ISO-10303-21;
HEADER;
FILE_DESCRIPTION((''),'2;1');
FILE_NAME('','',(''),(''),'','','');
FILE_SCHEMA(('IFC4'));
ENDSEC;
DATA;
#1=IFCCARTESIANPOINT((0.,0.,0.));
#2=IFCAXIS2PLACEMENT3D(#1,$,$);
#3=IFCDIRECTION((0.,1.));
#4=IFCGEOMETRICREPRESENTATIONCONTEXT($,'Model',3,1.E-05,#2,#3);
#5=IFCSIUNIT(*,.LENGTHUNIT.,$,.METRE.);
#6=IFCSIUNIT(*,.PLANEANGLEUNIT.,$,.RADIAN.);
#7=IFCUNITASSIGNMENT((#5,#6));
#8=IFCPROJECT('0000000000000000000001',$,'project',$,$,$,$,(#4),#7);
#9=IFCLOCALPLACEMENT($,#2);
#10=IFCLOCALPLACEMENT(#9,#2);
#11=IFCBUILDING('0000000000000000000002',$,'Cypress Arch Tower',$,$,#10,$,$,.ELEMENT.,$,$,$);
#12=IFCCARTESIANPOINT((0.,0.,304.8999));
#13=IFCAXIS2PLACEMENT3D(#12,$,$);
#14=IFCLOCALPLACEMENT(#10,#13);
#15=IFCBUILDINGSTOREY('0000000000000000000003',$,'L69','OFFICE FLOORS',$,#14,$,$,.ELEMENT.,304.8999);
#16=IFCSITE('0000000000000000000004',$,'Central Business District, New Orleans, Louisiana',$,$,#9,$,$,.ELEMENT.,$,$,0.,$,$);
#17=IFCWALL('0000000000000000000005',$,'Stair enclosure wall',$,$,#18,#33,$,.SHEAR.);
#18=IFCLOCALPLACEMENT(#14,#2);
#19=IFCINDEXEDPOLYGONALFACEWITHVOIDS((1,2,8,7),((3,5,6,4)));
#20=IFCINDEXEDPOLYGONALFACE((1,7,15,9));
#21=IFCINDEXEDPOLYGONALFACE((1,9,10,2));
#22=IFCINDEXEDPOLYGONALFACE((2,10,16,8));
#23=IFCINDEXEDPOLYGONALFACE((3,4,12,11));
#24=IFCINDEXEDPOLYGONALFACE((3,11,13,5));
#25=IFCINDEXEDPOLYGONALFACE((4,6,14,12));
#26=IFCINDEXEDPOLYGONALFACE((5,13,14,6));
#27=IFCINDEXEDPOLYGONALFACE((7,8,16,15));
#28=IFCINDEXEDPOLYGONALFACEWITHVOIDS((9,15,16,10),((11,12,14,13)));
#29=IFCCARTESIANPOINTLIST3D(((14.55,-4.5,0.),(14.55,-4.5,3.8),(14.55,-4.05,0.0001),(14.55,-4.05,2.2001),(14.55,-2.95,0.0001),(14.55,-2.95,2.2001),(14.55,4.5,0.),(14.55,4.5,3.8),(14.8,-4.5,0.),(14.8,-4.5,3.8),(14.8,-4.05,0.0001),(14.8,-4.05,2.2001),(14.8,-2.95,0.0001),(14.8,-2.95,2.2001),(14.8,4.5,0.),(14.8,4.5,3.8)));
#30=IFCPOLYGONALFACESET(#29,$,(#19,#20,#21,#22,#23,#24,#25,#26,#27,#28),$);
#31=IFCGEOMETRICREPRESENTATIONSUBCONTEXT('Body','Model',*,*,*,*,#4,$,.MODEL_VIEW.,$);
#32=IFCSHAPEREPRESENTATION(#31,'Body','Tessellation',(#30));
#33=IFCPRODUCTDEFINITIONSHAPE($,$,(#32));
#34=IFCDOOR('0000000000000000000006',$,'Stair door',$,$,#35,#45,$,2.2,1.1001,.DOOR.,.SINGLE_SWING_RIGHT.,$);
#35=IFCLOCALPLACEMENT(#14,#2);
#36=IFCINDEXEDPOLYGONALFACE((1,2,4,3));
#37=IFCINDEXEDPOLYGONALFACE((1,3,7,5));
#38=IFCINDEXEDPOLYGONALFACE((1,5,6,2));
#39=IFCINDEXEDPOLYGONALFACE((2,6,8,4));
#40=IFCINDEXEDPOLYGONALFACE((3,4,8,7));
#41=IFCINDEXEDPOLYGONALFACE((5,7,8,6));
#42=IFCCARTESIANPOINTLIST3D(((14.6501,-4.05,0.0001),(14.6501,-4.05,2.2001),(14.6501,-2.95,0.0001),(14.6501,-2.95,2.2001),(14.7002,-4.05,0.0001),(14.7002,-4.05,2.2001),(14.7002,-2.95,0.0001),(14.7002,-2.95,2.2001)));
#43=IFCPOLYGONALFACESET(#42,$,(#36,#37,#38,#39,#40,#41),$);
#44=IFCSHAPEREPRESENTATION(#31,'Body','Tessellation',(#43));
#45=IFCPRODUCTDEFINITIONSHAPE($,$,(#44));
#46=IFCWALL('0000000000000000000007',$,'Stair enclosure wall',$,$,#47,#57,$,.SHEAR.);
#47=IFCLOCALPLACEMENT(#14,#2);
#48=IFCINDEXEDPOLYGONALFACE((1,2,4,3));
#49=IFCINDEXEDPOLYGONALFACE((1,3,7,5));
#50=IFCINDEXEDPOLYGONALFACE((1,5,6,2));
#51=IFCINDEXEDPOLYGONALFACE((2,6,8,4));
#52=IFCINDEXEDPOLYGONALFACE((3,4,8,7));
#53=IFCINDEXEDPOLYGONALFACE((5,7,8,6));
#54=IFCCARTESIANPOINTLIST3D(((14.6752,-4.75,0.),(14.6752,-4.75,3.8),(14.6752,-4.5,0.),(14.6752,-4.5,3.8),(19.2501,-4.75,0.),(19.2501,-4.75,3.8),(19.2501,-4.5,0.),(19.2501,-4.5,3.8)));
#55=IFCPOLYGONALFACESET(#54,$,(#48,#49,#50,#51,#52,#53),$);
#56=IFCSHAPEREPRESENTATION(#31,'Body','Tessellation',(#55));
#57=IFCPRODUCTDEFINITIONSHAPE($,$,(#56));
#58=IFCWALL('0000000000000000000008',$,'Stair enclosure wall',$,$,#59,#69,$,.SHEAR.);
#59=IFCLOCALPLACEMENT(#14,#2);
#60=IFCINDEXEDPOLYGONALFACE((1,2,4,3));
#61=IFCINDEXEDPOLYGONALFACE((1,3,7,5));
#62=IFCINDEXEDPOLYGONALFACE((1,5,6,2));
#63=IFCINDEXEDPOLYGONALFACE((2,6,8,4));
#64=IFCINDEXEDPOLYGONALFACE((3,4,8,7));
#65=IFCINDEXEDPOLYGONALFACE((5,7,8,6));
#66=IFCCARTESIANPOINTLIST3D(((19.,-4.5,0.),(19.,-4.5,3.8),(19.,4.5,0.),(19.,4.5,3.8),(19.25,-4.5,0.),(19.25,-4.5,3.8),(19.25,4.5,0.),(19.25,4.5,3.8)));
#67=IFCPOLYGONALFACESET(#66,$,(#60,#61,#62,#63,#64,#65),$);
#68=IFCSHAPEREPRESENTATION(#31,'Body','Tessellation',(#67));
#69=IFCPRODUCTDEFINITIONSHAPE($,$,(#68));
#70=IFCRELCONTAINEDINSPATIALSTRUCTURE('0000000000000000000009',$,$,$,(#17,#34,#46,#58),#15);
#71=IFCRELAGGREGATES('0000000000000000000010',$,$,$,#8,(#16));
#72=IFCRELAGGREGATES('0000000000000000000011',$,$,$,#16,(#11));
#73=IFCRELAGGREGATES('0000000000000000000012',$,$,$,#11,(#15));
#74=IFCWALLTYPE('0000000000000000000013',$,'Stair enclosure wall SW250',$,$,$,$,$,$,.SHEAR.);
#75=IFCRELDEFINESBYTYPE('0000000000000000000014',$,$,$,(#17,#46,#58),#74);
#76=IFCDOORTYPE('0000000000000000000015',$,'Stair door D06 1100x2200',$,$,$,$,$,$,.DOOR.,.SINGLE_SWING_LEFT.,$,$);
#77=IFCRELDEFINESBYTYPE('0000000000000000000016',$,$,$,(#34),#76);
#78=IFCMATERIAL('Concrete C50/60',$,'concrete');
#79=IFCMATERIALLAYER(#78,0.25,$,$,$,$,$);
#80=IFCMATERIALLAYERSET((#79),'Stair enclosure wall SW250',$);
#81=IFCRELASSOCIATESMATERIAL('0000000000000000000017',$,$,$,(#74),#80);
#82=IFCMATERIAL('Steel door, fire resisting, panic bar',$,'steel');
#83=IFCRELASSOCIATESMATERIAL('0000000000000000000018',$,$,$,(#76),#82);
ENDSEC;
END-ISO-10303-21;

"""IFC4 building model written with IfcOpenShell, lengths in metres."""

from ifc_helpers import new_model, si_unit, direction, frame, frame_2d, origin, place, context, subcontext, project, spatial, rectangle, extrude, material, layer, layer_set, type_object, element, fill, save


model = new_model("IFC4")

# Units and contexts
model_context = context("Model", 3, precision=1e-05, world=origin(), true_north=direction((0.0, 1.0)))
body_context = subcontext(model_context, "Body", "Model", "MODEL_VIEW")
ifc_project = project(units=[si_unit("LENGTHUNIT", "METRE"), si_unit("PLANEANGLEUNIT", "RADIAN")], contexts=[model_context])

# Site, building, storey
site_placement = place(None, origin())
site = spatial("IfcSite", under=ifc_project, at=site_placement, Name="Central Business District, New Orleans, Louisiana", CompositionType="ELEMENT", RefElevation=0.0)
building_placement = place(site_placement, origin())
building = spatial("IfcBuilding", under=site, at=building_placement, Name="Cypress Arch Tower", CompositionType="ELEMENT")
storey_placement = place(building_placement, frame((0.0, 0.0, 304.8999)))
storey = spatial("IfcBuildingStorey", under=building, at=storey_placement, Name="L69", Description="OFFICE FLOORS", CompositionType="ELEMENT", Elevation=304.8999)

# Wall, opening, door
ifc_material_1 = material(Name="Concrete C50/60", Category="concrete")
ifc_layer_1 = layer(ifc_material_1, 0.25)
ifc_layer_set_1 = layer_set([ifc_layer_1], Name="Stair enclosure wall SW250")
wall_type_1 = type_object("IfcWallType", Name="Stair enclosure wall SW250", PredefinedType="SHEAR", material=ifc_layer_set_1)
wall_1_placement = place(storey_placement, frame((14.675, -4.5, 0.0), z_axis=(0.0, 0.0, 1.0), x_axis=(0.0, 1.0, 0.0)))
wall_1 = element("IfcWall", 1, at=wall_1_placement, inside=storey, type_object=wall_type_1, Name="Stair enclosure wall", PredefinedType="SHEAR", context=body_context, shape_type="SweptSolid", body=[
    extrude(rectangle(XDim=9.0, YDim=0.25, at=frame_2d((4.5, 0.0))), origin(), (0.0, 0.0, 1.0), 3.8),
])
opening_1_placement = place(wall_1_placement, frame((0.45, 0.0, 0.0)))
opening_1 = element("IfcOpeningElement", 2, at=opening_1_placement, cuts=wall_1, PredefinedType="OPENING", context=body_context, shape_type="SweptSolid", body=[
    extrude(rectangle(XDim=1.1001, YDim=2.2, at=frame_2d((0.55, 1.1001))), frame((0.0, 0.135, 0.0), z_axis=(0.0, -1.0, 0.0), x_axis=(1.0, 0.0, 0.0)), (0.0, 0.0, 1.0), 0.27),
])
ifc_material_2 = material(Name="Steel door, fire resisting, panic bar", Category="steel")
door_type = type_object("IfcDoorType", Name="Stair door D06 1100x2200", OperationType="SINGLE_SWING_LEFT", PredefinedType="DOOR", material=ifc_material_2)
door_placement = place(opening_1_placement, origin())
door = element("IfcDoor", 3, at=door_placement, inside=storey, type_object=door_type, Name="Stair door", OperationType="SINGLE_SWING_RIGHT", OverallHeight=2.2, OverallWidth=1.1001, PredefinedType="DOOR", context=body_context, shape_type="SweptSolid", body=[
    extrude(rectangle(XDim=1.1001, YDim=2.2, at=frame_2d((0.55, 1.1001))), frame((0.0, 0.0249, 0.0), z_axis=(0.0, -1.0, 0.0), x_axis=(1.0, 0.0, 0.0)), (0.0, 0.0, 1.0), 0.05),
])
fill(opening_1, door)

# Walls
wall_2_placement = place(storey_placement, frame((14.675, -4.625, 0.0), z_axis=(0.0, 0.0, 1.0), x_axis=(1.0, 0.0, 0.0)))
element("IfcWall", 4, at=wall_2_placement, inside=storey, type_object=wall_type_1, Name="Stair enclosure wall", PredefinedType="SHEAR", context=body_context, shape_type="SweptSolid", body=[
    extrude(rectangle(XDim=4.575, YDim=0.25, at=frame_2d((2.2876, 0.0))), origin(), (0.0, 0.0, 1.0), 3.8),
])
wall_3_placement = place(storey_placement, frame((19.125, -4.5, 0.0), z_axis=(0.0, 0.0, 1.0), x_axis=(0.0, 1.0, 0.0)))
element("IfcWall", 5, at=wall_3_placement, inside=storey, type_object=wall_type_1, Name="Stair enclosure wall", PredefinedType="SHEAR", context=body_context, shape_type="SweptSolid", body=[
    extrude(rectangle(XDim=9.0, YDim=0.25, at=frame_2d((4.5, 0.0))), origin(), (0.0, 0.0, 1.0), 3.8),
])

save(model, "model.ifc")
